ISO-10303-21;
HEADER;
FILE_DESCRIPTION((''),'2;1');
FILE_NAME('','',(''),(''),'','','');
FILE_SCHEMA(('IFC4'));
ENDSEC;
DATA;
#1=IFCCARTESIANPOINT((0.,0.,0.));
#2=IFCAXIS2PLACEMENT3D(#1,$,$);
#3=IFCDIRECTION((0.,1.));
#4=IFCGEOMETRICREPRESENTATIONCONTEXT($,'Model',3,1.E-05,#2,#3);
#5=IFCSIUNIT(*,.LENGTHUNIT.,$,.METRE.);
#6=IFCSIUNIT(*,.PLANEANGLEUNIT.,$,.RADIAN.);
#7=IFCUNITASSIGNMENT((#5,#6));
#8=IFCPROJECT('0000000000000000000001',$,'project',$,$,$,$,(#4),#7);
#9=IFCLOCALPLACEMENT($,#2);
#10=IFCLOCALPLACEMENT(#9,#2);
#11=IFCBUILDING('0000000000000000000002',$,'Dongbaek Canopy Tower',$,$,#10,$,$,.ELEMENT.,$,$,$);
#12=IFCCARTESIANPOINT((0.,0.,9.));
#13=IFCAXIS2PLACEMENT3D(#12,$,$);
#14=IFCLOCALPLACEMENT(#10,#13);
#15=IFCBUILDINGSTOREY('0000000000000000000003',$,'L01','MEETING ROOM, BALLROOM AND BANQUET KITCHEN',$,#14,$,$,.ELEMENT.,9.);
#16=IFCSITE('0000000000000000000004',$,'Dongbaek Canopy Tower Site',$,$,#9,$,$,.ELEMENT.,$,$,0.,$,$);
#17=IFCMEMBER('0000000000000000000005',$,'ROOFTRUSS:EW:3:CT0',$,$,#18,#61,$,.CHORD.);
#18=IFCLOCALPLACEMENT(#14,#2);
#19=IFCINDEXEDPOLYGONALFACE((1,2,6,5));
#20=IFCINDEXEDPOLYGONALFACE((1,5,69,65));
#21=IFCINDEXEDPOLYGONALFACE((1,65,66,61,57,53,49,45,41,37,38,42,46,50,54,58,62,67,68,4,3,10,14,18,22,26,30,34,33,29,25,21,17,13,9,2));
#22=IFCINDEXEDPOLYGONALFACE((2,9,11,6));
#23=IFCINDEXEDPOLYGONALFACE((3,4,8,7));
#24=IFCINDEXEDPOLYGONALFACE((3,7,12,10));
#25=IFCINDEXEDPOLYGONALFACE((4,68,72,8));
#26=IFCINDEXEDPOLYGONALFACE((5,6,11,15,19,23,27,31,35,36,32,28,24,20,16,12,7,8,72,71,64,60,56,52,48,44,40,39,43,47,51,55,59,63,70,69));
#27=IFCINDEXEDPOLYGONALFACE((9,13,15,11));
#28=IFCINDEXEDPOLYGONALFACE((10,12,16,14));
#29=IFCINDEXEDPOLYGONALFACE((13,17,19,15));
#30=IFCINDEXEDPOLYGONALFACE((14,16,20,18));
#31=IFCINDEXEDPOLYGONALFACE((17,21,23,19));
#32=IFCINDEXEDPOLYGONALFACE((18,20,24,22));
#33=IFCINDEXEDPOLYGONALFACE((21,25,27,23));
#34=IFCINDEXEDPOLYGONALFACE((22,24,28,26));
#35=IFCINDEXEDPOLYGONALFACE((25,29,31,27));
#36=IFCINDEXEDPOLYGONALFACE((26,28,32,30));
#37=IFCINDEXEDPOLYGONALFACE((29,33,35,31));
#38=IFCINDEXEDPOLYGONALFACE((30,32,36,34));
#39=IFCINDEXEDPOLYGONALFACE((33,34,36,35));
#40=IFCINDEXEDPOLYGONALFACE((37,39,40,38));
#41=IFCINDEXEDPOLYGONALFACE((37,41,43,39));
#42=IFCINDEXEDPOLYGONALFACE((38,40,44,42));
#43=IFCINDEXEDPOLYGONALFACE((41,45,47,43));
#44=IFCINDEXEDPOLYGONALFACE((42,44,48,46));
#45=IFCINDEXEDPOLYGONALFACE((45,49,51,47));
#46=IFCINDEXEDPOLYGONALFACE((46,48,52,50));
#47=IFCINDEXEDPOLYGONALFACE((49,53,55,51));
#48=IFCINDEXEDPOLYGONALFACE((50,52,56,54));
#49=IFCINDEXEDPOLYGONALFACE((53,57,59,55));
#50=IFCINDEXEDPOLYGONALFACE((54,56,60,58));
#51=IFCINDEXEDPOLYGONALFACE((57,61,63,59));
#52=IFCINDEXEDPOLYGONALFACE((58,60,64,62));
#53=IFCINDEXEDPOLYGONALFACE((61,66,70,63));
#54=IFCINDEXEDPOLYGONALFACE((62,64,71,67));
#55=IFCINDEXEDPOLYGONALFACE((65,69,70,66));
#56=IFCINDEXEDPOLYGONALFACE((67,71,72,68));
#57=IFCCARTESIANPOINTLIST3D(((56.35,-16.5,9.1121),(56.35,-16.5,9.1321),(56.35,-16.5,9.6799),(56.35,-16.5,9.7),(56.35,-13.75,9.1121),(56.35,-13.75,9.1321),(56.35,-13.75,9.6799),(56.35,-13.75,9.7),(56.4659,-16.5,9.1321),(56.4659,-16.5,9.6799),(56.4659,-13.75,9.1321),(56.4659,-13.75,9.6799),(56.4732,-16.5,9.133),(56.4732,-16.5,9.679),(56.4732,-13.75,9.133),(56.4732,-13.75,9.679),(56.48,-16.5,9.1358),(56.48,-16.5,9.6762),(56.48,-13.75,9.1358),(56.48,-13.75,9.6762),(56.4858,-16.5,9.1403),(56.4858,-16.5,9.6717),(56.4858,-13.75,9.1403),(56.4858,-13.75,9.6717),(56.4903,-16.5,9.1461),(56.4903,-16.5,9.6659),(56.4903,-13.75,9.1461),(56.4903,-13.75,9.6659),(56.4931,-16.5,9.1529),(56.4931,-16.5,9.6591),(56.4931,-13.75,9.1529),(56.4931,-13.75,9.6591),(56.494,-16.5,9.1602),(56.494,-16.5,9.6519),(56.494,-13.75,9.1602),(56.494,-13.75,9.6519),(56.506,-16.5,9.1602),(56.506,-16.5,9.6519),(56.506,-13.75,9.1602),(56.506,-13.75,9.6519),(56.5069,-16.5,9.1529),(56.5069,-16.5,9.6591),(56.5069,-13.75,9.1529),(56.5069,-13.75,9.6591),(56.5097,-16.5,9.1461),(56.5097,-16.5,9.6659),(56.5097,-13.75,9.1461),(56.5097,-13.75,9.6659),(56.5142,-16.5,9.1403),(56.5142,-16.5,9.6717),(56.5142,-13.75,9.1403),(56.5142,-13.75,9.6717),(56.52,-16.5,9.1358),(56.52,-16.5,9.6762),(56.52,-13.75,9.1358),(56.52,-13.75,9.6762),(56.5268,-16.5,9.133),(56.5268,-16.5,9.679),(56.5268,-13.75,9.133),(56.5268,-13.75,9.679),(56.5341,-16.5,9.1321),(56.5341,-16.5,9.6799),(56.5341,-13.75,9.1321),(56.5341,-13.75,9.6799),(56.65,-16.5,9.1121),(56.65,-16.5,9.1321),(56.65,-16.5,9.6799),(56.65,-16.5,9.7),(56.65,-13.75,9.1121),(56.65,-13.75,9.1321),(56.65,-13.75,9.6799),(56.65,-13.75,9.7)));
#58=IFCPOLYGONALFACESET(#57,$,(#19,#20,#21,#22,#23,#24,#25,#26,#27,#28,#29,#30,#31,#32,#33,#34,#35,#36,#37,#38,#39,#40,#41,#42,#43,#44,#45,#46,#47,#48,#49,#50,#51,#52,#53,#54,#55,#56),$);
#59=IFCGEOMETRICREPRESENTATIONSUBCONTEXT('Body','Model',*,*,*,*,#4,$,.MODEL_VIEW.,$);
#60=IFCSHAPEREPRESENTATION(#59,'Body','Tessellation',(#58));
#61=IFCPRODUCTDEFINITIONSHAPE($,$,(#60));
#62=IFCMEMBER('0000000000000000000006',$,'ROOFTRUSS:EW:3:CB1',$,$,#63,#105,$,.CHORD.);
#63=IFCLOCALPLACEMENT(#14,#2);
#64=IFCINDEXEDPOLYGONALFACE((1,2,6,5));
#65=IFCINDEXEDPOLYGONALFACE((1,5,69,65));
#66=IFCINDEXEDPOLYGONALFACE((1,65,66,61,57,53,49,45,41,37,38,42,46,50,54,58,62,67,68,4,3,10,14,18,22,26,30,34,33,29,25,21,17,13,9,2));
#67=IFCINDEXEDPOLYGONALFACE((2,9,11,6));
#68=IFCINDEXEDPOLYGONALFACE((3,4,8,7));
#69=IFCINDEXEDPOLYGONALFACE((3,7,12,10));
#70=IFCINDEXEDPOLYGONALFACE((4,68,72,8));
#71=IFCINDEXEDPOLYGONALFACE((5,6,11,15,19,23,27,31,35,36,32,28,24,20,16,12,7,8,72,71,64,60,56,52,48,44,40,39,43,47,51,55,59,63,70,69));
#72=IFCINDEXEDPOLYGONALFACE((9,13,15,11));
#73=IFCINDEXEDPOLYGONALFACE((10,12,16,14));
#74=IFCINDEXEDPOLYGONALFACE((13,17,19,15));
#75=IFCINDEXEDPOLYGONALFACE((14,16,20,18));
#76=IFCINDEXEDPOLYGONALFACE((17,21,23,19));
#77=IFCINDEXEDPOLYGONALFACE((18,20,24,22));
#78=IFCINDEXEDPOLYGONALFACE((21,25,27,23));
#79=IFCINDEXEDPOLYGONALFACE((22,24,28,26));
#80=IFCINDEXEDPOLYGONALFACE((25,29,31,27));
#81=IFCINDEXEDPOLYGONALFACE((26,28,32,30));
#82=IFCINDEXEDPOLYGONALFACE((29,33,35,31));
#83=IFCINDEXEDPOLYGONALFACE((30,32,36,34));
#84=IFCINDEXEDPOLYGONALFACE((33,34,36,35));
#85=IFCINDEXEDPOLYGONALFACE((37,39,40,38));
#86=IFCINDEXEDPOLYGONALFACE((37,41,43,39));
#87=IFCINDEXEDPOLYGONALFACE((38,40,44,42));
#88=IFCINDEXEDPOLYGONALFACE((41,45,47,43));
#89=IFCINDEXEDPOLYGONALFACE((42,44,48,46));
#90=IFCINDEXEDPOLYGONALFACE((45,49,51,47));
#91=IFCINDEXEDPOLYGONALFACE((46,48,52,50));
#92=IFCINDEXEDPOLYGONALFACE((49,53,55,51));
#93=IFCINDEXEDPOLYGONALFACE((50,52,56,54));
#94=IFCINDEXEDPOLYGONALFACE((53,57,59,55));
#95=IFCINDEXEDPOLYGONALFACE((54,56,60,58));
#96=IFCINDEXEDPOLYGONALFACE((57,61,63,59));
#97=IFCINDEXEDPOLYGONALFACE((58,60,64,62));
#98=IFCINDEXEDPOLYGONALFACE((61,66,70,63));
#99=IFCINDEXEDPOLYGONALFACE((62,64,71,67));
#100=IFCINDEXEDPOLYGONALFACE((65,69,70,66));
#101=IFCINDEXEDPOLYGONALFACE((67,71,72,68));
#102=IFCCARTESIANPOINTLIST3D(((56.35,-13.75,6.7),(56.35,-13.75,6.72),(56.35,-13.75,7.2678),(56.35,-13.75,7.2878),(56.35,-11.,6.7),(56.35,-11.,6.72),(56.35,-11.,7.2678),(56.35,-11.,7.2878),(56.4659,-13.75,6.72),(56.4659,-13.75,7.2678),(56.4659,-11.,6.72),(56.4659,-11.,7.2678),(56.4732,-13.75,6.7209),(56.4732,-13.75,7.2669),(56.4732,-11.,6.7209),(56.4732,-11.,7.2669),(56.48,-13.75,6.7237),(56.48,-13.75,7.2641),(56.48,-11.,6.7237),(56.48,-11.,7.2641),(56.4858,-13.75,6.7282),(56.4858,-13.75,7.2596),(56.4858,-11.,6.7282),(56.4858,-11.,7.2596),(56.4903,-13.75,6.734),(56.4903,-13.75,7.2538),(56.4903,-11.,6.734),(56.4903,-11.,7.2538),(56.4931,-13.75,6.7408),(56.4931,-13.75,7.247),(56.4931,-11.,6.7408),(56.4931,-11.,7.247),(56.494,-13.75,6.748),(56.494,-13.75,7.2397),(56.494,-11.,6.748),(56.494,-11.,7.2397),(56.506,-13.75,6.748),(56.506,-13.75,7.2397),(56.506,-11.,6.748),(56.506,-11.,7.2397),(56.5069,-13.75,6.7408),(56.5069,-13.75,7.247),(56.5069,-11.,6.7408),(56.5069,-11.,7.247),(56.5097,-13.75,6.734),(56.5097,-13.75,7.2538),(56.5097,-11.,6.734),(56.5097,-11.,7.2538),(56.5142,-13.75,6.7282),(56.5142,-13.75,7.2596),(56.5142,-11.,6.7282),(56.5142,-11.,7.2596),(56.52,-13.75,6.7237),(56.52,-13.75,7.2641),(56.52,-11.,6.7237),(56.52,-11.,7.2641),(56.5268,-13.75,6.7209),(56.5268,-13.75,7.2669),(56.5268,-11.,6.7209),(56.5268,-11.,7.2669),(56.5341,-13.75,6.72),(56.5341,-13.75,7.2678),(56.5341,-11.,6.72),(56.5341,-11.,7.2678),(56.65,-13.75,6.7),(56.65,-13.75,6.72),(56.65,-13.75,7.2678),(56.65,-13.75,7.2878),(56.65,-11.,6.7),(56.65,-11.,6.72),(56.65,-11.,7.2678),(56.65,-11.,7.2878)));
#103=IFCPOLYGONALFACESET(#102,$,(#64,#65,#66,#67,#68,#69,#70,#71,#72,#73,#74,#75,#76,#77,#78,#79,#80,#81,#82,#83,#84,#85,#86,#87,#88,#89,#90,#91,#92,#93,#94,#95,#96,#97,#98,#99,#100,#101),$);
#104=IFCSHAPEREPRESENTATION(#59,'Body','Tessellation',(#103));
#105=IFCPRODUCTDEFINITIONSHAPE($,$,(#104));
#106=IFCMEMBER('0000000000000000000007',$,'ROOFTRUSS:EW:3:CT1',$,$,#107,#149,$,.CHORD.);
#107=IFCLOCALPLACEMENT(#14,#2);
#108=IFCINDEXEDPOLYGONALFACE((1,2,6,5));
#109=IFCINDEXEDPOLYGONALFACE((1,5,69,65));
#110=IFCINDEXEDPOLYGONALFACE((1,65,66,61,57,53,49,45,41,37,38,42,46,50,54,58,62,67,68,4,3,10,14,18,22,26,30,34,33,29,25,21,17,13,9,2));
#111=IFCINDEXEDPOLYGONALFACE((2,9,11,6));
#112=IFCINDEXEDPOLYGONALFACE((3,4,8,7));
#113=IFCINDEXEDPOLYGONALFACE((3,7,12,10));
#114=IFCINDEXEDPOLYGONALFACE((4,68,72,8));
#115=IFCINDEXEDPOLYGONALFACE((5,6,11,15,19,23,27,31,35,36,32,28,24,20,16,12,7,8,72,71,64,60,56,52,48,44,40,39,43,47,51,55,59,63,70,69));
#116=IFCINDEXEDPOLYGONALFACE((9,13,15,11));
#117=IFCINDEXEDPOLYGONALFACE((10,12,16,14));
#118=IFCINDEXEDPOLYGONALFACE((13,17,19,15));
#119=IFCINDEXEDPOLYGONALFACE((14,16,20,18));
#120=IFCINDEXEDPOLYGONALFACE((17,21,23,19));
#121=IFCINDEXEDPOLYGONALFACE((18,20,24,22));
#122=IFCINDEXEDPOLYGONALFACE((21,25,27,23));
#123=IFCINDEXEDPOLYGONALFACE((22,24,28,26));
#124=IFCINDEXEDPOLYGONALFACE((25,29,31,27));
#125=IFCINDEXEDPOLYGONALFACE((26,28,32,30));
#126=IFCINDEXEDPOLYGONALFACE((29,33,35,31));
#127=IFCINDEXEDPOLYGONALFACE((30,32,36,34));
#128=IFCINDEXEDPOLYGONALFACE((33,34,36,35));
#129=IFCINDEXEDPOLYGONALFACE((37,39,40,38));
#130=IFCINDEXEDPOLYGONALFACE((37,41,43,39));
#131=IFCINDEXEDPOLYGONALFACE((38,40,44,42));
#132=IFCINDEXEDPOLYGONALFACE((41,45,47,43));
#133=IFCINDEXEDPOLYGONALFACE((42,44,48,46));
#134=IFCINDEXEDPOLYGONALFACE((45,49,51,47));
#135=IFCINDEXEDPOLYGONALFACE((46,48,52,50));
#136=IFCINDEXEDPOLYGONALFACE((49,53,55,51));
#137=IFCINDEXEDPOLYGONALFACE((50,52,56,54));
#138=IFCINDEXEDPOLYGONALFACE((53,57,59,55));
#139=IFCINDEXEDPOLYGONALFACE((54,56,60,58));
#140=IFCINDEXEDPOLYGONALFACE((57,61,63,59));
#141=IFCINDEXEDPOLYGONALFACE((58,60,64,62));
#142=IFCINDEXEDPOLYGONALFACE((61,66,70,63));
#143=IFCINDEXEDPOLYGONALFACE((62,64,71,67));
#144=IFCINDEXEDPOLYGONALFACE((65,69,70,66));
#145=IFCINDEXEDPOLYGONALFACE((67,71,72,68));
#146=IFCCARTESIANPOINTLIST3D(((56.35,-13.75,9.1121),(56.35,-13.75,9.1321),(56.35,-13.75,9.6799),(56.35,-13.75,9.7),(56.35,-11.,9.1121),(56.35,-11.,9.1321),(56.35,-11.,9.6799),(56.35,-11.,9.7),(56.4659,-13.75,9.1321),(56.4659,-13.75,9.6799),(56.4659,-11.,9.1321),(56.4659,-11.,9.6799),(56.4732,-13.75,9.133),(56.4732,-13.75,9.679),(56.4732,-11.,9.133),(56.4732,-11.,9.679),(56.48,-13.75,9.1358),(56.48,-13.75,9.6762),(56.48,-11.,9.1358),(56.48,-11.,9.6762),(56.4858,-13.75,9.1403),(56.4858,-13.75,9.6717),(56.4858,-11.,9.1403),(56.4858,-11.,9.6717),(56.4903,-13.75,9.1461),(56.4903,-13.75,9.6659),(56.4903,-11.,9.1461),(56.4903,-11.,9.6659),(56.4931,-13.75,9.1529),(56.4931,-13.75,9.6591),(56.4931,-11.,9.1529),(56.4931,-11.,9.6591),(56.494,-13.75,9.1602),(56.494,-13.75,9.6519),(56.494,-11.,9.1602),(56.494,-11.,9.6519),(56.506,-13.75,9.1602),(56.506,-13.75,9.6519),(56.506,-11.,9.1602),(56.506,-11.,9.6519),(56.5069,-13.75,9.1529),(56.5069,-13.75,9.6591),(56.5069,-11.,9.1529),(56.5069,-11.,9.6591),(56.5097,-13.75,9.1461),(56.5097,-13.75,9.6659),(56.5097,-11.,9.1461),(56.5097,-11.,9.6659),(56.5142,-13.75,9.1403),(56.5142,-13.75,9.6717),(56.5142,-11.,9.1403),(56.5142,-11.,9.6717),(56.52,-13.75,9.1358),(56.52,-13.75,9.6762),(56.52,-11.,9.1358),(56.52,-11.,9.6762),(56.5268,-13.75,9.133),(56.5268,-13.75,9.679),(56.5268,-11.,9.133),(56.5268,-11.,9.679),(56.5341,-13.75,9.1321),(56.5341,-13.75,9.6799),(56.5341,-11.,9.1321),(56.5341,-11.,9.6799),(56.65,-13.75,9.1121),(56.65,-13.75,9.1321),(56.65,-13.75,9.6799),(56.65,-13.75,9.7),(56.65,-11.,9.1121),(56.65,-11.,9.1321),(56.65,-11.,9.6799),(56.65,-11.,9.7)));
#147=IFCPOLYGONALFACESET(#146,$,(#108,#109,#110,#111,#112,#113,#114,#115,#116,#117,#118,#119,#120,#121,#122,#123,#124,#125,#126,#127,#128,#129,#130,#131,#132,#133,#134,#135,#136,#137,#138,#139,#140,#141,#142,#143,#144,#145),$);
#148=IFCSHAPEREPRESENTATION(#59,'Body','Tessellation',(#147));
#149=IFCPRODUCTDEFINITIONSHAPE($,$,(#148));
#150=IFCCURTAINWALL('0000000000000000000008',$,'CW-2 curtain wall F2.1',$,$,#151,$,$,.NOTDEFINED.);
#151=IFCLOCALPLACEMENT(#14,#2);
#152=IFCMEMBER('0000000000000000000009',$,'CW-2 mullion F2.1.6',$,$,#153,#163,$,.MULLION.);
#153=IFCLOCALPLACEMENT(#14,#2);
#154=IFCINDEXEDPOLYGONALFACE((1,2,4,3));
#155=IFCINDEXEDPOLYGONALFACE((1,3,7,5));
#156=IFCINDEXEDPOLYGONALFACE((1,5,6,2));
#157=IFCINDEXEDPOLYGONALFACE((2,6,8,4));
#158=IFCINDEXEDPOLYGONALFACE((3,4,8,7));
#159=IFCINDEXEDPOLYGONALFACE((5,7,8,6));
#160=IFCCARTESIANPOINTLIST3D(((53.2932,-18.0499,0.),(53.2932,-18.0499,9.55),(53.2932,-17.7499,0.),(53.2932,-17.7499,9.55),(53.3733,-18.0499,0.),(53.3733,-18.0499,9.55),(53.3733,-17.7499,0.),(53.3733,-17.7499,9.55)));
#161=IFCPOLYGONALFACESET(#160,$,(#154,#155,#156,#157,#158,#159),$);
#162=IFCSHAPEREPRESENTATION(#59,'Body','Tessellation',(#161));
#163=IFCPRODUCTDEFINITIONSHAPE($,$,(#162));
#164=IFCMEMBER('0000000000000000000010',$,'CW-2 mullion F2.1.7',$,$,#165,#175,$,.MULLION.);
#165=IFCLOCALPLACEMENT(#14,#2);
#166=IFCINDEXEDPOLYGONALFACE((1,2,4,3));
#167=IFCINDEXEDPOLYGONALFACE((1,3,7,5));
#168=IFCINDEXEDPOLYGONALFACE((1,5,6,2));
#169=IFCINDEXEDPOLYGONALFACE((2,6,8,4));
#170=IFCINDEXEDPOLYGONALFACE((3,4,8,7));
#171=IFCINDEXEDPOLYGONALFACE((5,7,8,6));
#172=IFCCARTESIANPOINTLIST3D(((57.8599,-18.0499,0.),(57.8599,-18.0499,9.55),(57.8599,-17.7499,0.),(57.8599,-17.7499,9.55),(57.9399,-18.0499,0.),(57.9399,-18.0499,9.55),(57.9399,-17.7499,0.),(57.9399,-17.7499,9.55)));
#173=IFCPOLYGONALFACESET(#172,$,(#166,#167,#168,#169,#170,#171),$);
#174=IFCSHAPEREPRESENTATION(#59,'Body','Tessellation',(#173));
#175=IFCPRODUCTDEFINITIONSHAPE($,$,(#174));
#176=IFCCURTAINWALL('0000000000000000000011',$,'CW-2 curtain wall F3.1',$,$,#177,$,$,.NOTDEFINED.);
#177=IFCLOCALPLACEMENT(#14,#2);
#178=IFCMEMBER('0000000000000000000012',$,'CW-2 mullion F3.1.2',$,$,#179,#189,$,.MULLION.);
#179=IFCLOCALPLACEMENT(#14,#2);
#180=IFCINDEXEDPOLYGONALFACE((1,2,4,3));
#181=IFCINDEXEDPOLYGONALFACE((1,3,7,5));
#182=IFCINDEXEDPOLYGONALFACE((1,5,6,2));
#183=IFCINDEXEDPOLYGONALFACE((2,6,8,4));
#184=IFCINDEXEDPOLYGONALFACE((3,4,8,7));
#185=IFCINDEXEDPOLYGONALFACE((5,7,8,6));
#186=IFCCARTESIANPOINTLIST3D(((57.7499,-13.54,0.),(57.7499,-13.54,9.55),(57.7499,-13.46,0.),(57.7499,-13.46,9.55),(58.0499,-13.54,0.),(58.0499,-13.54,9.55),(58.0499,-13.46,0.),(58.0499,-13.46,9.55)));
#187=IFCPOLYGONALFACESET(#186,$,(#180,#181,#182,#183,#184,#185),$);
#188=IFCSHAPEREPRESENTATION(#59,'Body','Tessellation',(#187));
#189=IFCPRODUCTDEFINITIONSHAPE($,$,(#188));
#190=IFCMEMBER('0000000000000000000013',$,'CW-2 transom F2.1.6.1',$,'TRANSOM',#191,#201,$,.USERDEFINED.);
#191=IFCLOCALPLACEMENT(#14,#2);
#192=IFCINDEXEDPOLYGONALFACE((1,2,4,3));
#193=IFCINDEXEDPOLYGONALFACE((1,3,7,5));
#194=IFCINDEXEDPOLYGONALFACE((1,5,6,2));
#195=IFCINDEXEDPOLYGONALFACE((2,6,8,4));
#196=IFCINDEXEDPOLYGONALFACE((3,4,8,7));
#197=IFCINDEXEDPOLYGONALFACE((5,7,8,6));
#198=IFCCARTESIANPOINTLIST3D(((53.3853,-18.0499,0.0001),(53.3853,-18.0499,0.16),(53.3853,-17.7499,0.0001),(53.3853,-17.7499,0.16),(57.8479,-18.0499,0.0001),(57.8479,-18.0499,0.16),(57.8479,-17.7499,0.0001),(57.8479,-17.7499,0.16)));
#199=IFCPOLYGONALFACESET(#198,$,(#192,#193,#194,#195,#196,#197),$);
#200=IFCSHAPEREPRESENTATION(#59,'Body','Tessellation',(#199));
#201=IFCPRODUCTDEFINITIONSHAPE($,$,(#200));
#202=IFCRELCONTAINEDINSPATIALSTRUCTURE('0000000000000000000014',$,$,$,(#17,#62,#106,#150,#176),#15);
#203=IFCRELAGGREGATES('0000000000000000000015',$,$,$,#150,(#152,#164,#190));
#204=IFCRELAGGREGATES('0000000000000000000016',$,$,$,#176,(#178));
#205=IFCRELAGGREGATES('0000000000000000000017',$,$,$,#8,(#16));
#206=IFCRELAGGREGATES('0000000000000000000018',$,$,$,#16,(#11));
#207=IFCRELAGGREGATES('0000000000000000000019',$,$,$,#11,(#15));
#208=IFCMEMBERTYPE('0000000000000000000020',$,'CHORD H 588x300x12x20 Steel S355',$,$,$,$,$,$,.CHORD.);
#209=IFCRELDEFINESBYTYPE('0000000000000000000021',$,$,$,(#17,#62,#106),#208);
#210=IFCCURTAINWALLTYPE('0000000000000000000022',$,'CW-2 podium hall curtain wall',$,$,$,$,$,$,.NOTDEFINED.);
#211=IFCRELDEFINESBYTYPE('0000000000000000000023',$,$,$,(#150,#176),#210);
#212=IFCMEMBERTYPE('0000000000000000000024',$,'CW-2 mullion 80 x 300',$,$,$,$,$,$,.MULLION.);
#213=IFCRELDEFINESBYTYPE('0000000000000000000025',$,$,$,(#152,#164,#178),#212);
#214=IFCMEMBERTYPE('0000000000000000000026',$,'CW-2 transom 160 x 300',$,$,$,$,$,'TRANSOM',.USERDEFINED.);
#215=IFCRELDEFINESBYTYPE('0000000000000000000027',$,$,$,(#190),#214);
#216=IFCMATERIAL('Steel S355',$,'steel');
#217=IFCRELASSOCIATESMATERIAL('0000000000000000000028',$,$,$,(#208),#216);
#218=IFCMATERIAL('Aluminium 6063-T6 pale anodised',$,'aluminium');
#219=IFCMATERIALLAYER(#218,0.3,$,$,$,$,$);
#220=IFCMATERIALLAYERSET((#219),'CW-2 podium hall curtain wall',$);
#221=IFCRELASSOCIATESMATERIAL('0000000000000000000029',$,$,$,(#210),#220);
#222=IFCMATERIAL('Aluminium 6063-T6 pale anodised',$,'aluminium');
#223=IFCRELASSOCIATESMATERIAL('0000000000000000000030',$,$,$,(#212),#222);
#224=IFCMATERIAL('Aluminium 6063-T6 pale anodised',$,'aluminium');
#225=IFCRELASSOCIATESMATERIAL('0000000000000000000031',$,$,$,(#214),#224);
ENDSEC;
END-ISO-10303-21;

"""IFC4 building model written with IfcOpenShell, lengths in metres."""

from ifc_helpers import new_model, si_unit, direction, frame, origin, origin_2d, place, context, subcontext, project, spatial, rectangle, i_section, extrude, material, layer, layer_set, material_profile, profile_set, type_object, element, aggregate, save


model = new_model("IFC4")

# Units and contexts
model_context = context("Model", 3, precision=1e-05, world=origin(), true_north=direction((0.0, 1.0)))
body_context = subcontext(model_context, "Body", "Model", "MODEL_VIEW")
ifc_project = project(units=[si_unit("LENGTHUNIT", "METRE"), si_unit("PLANEANGLEUNIT", "RADIAN")], contexts=[model_context])

# Site, building, storey
site_placement = place(None, origin())
site = spatial("IfcSite", under=ifc_project, at=site_placement, Name="Dongbaek Canopy Tower Site", CompositionType="ELEMENT", RefElevation=0.0)
building_placement = place(site_placement, origin())
building = spatial("IfcBuilding", under=site, at=building_placement, Name="Dongbaek Canopy Tower", CompositionType="ELEMENT")
storey_placement = place(building_placement, frame((0.0, 0.0, 9.0)))
storey = spatial("IfcBuildingStorey", under=building, at=storey_placement, Name="L01", Description="MEETING ROOM, BALLROOM AND BANQUET KITCHEN", CompositionType="ELEMENT", Elevation=9.0)

# Members
ifc_material_1 = material(Name="Steel S355", Category="steel")
ifc_material_profile_1 = material_profile(ifc_material_1, i_section(OverallWidth=0.3, OverallDepth=0.5879, WebThickness=0.012, FlangeThickness=0.02, FilletRadius=0.0281, at=origin_2d()), Name="CHORD H 588x300x12x20 Steel S355")
ifc_profile_set_1 = profile_set([ifc_material_profile_1], Name="Steel S355")
member_type_1 = type_object("IfcMemberType", Name="CHORD H 588x300x12x20 Steel S355", PredefinedType="CHORD", material=ifc_profile_set_1)
for number, where, z_axis, x_axis, name in (
    (1, (56.5, -16.5, 9.406), (0.0, 1.0, 0.0), (-1.0, 0.0, 0.0), "ROOFTRUSS:EW:3:CT0"),
    (2, (56.5, -13.75, 6.9939), (0.0, 1.0, 0.0), (-1.0, 0.0, 0.0), "ROOFTRUSS:EW:3:CB1"),
    (3, (56.5, -13.75, 9.406), (0.0, 1.0, 0.0), (-1.0, 0.0, 0.0), "ROOFTRUSS:EW:3:CT1"),
):
    element("IfcMember", number, at=place(storey_placement, frame(where, z_axis=z_axis, x_axis=x_axis)), inside=storey, type_object=member_type_1, Name=name, PredefinedType="CHORD", context=body_context, shape_type="SweptSolid", body=[
        extrude(i_section(OverallWidth=0.3, OverallDepth=0.5879, WebThickness=0.012, FlangeThickness=0.02, FilletRadius=0.0281, at=origin_2d()), origin(), (0.0, 0.0, 1.0), 2.75),
    ])

# Curtain wall, members
ifc_material_2 = material(Name="Aluminium 6063-T6 pale anodised", Category="aluminium")
ifc_layer_1 = layer(ifc_material_2, 0.3)
ifc_layer_set_1 = layer_set([ifc_layer_1], Name="CW-2 podium hall curtain wall")
curtain_wall_type = type_object("IfcCurtainWallType", Name="CW-2 podium hall curtain wall", PredefinedType="NOTDEFINED", material=ifc_layer_set_1)
curtain_wall_1_placement = place(storey_placement, origin())
curtain_wall_1 = element("IfcCurtainWall", 4, at=curtain_wall_1_placement, inside=storey, type_object=curtain_wall_type, Name="CW-2 curtain wall F2.1", PredefinedType="NOTDEFINED")
ifc_material_3 = material(Name="Aluminium 6063-T6 pale anodised", Category="aluminium")
ifc_material_profile_2 = material_profile(ifc_material_3, rectangle(XDim=0.3, YDim=0.0801, at=origin_2d()), Name="CW-2 mullion 80 x 300")
ifc_profile_set_2 = profile_set([ifc_material_profile_2], Name="Aluminium 6063-T6 pale anodised")
member_type_2 = type_object("IfcMemberType", Name="CW-2 mullion 80 x 300", PredefinedType="MULLION", material=ifc_profile_set_2)
member_1_placement = place(storey_placement, frame((53.3333, -17.8999, 0.0), z_axis=(0.0, 0.0, 1.0), x_axis=(0.0, -1.0, 0.0)))
member_1 = element("IfcMember", 5, at=member_1_placement, type_object=member_type_2, Name="CW-2 mullion F2.1.6", PredefinedType="MULLION", context=body_context, shape_type="SweptSolid", body=[
    extrude(rectangle(XDim=0.3, YDim=0.0801, at=origin_2d()), origin(), (0.0, 0.0, 1.0), 9.55),
])
member_2_placement = place(storey_placement, frame((57.8999, -17.8999, 0.0), z_axis=(0.0, 0.0, 1.0), x_axis=(0.0, -1.0, 0.0)))
member_2 = element("IfcMember", 6, at=member_2_placement, type_object=member_type_2, Name="CW-2 mullion F2.1.7", PredefinedType="MULLION", context=body_context, shape_type="SweptSolid", body=[
    extrude(rectangle(XDim=0.3, YDim=0.0801, at=origin_2d()), origin(), (0.0, 0.0, 1.0), 9.55),
])

# Curtain wall, member
curtain_wall_2_placement = place(storey_placement, origin())
curtain_wall_2 = element("IfcCurtainWall", 7, at=curtain_wall_2_placement, inside=storey, type_object=curtain_wall_type, Name="CW-2 curtain wall F3.1", PredefinedType="NOTDEFINED")
member_3_placement = place(storey_placement, frame((57.8999, -13.5, 0.0), z_axis=(0.0, 0.0, 1.0), x_axis=(1.0, 0.0, 0.0)))
member_3 = element("IfcMember", 8, at=member_3_placement, type_object=member_type_2, Name="CW-2 mullion F3.1.2", PredefinedType="MULLION", context=body_context, shape_type="SweptSolid", body=[
    extrude(rectangle(XDim=0.3, YDim=0.0801, at=origin_2d()), origin(), (0.0, 0.0, 1.0), 9.55),
])

# Member
ifc_material_4 = material(Name="Aluminium 6063-T6 pale anodised", Category="aluminium")
ifc_material_profile_3 = material_profile(ifc_material_4, rectangle(XDim=0.3, YDim=0.1599, at=origin_2d()), Name="CW-2 transom 160 x 300")
ifc_profile_set_3 = profile_set([ifc_material_profile_3], Name="Aluminium 6063-T6 pale anodised")
member_type_3 = type_object("IfcMemberType", Name="CW-2 transom 160 x 300", ElementType="TRANSOM", PredefinedType="USERDEFINED", material=ifc_profile_set_3)
member_4_placement = place(storey_placement, frame((53.3853, -17.8999, 0.0801), z_axis=(1.0, 0.0, 0.0), x_axis=(0.0, 1.0, 0.0)))
member_4 = element("IfcMember", 9, at=member_4_placement, type_object=member_type_3, Name="CW-2 transom F2.1.6.1", ObjectType="TRANSOM", PredefinedType="USERDEFINED", context=body_context, shape_type="SweptSolid", body=[
    extrude(rectangle(XDim=0.3, YDim=0.1599, at=origin_2d()), origin(), (0.0, 0.0, 1.0), 4.4626),
])

aggregate(curtain_wall_1, [member_1, member_2, member_4])
aggregate(curtain_wall_2, [member_3])

save(model, "model.ifc")
